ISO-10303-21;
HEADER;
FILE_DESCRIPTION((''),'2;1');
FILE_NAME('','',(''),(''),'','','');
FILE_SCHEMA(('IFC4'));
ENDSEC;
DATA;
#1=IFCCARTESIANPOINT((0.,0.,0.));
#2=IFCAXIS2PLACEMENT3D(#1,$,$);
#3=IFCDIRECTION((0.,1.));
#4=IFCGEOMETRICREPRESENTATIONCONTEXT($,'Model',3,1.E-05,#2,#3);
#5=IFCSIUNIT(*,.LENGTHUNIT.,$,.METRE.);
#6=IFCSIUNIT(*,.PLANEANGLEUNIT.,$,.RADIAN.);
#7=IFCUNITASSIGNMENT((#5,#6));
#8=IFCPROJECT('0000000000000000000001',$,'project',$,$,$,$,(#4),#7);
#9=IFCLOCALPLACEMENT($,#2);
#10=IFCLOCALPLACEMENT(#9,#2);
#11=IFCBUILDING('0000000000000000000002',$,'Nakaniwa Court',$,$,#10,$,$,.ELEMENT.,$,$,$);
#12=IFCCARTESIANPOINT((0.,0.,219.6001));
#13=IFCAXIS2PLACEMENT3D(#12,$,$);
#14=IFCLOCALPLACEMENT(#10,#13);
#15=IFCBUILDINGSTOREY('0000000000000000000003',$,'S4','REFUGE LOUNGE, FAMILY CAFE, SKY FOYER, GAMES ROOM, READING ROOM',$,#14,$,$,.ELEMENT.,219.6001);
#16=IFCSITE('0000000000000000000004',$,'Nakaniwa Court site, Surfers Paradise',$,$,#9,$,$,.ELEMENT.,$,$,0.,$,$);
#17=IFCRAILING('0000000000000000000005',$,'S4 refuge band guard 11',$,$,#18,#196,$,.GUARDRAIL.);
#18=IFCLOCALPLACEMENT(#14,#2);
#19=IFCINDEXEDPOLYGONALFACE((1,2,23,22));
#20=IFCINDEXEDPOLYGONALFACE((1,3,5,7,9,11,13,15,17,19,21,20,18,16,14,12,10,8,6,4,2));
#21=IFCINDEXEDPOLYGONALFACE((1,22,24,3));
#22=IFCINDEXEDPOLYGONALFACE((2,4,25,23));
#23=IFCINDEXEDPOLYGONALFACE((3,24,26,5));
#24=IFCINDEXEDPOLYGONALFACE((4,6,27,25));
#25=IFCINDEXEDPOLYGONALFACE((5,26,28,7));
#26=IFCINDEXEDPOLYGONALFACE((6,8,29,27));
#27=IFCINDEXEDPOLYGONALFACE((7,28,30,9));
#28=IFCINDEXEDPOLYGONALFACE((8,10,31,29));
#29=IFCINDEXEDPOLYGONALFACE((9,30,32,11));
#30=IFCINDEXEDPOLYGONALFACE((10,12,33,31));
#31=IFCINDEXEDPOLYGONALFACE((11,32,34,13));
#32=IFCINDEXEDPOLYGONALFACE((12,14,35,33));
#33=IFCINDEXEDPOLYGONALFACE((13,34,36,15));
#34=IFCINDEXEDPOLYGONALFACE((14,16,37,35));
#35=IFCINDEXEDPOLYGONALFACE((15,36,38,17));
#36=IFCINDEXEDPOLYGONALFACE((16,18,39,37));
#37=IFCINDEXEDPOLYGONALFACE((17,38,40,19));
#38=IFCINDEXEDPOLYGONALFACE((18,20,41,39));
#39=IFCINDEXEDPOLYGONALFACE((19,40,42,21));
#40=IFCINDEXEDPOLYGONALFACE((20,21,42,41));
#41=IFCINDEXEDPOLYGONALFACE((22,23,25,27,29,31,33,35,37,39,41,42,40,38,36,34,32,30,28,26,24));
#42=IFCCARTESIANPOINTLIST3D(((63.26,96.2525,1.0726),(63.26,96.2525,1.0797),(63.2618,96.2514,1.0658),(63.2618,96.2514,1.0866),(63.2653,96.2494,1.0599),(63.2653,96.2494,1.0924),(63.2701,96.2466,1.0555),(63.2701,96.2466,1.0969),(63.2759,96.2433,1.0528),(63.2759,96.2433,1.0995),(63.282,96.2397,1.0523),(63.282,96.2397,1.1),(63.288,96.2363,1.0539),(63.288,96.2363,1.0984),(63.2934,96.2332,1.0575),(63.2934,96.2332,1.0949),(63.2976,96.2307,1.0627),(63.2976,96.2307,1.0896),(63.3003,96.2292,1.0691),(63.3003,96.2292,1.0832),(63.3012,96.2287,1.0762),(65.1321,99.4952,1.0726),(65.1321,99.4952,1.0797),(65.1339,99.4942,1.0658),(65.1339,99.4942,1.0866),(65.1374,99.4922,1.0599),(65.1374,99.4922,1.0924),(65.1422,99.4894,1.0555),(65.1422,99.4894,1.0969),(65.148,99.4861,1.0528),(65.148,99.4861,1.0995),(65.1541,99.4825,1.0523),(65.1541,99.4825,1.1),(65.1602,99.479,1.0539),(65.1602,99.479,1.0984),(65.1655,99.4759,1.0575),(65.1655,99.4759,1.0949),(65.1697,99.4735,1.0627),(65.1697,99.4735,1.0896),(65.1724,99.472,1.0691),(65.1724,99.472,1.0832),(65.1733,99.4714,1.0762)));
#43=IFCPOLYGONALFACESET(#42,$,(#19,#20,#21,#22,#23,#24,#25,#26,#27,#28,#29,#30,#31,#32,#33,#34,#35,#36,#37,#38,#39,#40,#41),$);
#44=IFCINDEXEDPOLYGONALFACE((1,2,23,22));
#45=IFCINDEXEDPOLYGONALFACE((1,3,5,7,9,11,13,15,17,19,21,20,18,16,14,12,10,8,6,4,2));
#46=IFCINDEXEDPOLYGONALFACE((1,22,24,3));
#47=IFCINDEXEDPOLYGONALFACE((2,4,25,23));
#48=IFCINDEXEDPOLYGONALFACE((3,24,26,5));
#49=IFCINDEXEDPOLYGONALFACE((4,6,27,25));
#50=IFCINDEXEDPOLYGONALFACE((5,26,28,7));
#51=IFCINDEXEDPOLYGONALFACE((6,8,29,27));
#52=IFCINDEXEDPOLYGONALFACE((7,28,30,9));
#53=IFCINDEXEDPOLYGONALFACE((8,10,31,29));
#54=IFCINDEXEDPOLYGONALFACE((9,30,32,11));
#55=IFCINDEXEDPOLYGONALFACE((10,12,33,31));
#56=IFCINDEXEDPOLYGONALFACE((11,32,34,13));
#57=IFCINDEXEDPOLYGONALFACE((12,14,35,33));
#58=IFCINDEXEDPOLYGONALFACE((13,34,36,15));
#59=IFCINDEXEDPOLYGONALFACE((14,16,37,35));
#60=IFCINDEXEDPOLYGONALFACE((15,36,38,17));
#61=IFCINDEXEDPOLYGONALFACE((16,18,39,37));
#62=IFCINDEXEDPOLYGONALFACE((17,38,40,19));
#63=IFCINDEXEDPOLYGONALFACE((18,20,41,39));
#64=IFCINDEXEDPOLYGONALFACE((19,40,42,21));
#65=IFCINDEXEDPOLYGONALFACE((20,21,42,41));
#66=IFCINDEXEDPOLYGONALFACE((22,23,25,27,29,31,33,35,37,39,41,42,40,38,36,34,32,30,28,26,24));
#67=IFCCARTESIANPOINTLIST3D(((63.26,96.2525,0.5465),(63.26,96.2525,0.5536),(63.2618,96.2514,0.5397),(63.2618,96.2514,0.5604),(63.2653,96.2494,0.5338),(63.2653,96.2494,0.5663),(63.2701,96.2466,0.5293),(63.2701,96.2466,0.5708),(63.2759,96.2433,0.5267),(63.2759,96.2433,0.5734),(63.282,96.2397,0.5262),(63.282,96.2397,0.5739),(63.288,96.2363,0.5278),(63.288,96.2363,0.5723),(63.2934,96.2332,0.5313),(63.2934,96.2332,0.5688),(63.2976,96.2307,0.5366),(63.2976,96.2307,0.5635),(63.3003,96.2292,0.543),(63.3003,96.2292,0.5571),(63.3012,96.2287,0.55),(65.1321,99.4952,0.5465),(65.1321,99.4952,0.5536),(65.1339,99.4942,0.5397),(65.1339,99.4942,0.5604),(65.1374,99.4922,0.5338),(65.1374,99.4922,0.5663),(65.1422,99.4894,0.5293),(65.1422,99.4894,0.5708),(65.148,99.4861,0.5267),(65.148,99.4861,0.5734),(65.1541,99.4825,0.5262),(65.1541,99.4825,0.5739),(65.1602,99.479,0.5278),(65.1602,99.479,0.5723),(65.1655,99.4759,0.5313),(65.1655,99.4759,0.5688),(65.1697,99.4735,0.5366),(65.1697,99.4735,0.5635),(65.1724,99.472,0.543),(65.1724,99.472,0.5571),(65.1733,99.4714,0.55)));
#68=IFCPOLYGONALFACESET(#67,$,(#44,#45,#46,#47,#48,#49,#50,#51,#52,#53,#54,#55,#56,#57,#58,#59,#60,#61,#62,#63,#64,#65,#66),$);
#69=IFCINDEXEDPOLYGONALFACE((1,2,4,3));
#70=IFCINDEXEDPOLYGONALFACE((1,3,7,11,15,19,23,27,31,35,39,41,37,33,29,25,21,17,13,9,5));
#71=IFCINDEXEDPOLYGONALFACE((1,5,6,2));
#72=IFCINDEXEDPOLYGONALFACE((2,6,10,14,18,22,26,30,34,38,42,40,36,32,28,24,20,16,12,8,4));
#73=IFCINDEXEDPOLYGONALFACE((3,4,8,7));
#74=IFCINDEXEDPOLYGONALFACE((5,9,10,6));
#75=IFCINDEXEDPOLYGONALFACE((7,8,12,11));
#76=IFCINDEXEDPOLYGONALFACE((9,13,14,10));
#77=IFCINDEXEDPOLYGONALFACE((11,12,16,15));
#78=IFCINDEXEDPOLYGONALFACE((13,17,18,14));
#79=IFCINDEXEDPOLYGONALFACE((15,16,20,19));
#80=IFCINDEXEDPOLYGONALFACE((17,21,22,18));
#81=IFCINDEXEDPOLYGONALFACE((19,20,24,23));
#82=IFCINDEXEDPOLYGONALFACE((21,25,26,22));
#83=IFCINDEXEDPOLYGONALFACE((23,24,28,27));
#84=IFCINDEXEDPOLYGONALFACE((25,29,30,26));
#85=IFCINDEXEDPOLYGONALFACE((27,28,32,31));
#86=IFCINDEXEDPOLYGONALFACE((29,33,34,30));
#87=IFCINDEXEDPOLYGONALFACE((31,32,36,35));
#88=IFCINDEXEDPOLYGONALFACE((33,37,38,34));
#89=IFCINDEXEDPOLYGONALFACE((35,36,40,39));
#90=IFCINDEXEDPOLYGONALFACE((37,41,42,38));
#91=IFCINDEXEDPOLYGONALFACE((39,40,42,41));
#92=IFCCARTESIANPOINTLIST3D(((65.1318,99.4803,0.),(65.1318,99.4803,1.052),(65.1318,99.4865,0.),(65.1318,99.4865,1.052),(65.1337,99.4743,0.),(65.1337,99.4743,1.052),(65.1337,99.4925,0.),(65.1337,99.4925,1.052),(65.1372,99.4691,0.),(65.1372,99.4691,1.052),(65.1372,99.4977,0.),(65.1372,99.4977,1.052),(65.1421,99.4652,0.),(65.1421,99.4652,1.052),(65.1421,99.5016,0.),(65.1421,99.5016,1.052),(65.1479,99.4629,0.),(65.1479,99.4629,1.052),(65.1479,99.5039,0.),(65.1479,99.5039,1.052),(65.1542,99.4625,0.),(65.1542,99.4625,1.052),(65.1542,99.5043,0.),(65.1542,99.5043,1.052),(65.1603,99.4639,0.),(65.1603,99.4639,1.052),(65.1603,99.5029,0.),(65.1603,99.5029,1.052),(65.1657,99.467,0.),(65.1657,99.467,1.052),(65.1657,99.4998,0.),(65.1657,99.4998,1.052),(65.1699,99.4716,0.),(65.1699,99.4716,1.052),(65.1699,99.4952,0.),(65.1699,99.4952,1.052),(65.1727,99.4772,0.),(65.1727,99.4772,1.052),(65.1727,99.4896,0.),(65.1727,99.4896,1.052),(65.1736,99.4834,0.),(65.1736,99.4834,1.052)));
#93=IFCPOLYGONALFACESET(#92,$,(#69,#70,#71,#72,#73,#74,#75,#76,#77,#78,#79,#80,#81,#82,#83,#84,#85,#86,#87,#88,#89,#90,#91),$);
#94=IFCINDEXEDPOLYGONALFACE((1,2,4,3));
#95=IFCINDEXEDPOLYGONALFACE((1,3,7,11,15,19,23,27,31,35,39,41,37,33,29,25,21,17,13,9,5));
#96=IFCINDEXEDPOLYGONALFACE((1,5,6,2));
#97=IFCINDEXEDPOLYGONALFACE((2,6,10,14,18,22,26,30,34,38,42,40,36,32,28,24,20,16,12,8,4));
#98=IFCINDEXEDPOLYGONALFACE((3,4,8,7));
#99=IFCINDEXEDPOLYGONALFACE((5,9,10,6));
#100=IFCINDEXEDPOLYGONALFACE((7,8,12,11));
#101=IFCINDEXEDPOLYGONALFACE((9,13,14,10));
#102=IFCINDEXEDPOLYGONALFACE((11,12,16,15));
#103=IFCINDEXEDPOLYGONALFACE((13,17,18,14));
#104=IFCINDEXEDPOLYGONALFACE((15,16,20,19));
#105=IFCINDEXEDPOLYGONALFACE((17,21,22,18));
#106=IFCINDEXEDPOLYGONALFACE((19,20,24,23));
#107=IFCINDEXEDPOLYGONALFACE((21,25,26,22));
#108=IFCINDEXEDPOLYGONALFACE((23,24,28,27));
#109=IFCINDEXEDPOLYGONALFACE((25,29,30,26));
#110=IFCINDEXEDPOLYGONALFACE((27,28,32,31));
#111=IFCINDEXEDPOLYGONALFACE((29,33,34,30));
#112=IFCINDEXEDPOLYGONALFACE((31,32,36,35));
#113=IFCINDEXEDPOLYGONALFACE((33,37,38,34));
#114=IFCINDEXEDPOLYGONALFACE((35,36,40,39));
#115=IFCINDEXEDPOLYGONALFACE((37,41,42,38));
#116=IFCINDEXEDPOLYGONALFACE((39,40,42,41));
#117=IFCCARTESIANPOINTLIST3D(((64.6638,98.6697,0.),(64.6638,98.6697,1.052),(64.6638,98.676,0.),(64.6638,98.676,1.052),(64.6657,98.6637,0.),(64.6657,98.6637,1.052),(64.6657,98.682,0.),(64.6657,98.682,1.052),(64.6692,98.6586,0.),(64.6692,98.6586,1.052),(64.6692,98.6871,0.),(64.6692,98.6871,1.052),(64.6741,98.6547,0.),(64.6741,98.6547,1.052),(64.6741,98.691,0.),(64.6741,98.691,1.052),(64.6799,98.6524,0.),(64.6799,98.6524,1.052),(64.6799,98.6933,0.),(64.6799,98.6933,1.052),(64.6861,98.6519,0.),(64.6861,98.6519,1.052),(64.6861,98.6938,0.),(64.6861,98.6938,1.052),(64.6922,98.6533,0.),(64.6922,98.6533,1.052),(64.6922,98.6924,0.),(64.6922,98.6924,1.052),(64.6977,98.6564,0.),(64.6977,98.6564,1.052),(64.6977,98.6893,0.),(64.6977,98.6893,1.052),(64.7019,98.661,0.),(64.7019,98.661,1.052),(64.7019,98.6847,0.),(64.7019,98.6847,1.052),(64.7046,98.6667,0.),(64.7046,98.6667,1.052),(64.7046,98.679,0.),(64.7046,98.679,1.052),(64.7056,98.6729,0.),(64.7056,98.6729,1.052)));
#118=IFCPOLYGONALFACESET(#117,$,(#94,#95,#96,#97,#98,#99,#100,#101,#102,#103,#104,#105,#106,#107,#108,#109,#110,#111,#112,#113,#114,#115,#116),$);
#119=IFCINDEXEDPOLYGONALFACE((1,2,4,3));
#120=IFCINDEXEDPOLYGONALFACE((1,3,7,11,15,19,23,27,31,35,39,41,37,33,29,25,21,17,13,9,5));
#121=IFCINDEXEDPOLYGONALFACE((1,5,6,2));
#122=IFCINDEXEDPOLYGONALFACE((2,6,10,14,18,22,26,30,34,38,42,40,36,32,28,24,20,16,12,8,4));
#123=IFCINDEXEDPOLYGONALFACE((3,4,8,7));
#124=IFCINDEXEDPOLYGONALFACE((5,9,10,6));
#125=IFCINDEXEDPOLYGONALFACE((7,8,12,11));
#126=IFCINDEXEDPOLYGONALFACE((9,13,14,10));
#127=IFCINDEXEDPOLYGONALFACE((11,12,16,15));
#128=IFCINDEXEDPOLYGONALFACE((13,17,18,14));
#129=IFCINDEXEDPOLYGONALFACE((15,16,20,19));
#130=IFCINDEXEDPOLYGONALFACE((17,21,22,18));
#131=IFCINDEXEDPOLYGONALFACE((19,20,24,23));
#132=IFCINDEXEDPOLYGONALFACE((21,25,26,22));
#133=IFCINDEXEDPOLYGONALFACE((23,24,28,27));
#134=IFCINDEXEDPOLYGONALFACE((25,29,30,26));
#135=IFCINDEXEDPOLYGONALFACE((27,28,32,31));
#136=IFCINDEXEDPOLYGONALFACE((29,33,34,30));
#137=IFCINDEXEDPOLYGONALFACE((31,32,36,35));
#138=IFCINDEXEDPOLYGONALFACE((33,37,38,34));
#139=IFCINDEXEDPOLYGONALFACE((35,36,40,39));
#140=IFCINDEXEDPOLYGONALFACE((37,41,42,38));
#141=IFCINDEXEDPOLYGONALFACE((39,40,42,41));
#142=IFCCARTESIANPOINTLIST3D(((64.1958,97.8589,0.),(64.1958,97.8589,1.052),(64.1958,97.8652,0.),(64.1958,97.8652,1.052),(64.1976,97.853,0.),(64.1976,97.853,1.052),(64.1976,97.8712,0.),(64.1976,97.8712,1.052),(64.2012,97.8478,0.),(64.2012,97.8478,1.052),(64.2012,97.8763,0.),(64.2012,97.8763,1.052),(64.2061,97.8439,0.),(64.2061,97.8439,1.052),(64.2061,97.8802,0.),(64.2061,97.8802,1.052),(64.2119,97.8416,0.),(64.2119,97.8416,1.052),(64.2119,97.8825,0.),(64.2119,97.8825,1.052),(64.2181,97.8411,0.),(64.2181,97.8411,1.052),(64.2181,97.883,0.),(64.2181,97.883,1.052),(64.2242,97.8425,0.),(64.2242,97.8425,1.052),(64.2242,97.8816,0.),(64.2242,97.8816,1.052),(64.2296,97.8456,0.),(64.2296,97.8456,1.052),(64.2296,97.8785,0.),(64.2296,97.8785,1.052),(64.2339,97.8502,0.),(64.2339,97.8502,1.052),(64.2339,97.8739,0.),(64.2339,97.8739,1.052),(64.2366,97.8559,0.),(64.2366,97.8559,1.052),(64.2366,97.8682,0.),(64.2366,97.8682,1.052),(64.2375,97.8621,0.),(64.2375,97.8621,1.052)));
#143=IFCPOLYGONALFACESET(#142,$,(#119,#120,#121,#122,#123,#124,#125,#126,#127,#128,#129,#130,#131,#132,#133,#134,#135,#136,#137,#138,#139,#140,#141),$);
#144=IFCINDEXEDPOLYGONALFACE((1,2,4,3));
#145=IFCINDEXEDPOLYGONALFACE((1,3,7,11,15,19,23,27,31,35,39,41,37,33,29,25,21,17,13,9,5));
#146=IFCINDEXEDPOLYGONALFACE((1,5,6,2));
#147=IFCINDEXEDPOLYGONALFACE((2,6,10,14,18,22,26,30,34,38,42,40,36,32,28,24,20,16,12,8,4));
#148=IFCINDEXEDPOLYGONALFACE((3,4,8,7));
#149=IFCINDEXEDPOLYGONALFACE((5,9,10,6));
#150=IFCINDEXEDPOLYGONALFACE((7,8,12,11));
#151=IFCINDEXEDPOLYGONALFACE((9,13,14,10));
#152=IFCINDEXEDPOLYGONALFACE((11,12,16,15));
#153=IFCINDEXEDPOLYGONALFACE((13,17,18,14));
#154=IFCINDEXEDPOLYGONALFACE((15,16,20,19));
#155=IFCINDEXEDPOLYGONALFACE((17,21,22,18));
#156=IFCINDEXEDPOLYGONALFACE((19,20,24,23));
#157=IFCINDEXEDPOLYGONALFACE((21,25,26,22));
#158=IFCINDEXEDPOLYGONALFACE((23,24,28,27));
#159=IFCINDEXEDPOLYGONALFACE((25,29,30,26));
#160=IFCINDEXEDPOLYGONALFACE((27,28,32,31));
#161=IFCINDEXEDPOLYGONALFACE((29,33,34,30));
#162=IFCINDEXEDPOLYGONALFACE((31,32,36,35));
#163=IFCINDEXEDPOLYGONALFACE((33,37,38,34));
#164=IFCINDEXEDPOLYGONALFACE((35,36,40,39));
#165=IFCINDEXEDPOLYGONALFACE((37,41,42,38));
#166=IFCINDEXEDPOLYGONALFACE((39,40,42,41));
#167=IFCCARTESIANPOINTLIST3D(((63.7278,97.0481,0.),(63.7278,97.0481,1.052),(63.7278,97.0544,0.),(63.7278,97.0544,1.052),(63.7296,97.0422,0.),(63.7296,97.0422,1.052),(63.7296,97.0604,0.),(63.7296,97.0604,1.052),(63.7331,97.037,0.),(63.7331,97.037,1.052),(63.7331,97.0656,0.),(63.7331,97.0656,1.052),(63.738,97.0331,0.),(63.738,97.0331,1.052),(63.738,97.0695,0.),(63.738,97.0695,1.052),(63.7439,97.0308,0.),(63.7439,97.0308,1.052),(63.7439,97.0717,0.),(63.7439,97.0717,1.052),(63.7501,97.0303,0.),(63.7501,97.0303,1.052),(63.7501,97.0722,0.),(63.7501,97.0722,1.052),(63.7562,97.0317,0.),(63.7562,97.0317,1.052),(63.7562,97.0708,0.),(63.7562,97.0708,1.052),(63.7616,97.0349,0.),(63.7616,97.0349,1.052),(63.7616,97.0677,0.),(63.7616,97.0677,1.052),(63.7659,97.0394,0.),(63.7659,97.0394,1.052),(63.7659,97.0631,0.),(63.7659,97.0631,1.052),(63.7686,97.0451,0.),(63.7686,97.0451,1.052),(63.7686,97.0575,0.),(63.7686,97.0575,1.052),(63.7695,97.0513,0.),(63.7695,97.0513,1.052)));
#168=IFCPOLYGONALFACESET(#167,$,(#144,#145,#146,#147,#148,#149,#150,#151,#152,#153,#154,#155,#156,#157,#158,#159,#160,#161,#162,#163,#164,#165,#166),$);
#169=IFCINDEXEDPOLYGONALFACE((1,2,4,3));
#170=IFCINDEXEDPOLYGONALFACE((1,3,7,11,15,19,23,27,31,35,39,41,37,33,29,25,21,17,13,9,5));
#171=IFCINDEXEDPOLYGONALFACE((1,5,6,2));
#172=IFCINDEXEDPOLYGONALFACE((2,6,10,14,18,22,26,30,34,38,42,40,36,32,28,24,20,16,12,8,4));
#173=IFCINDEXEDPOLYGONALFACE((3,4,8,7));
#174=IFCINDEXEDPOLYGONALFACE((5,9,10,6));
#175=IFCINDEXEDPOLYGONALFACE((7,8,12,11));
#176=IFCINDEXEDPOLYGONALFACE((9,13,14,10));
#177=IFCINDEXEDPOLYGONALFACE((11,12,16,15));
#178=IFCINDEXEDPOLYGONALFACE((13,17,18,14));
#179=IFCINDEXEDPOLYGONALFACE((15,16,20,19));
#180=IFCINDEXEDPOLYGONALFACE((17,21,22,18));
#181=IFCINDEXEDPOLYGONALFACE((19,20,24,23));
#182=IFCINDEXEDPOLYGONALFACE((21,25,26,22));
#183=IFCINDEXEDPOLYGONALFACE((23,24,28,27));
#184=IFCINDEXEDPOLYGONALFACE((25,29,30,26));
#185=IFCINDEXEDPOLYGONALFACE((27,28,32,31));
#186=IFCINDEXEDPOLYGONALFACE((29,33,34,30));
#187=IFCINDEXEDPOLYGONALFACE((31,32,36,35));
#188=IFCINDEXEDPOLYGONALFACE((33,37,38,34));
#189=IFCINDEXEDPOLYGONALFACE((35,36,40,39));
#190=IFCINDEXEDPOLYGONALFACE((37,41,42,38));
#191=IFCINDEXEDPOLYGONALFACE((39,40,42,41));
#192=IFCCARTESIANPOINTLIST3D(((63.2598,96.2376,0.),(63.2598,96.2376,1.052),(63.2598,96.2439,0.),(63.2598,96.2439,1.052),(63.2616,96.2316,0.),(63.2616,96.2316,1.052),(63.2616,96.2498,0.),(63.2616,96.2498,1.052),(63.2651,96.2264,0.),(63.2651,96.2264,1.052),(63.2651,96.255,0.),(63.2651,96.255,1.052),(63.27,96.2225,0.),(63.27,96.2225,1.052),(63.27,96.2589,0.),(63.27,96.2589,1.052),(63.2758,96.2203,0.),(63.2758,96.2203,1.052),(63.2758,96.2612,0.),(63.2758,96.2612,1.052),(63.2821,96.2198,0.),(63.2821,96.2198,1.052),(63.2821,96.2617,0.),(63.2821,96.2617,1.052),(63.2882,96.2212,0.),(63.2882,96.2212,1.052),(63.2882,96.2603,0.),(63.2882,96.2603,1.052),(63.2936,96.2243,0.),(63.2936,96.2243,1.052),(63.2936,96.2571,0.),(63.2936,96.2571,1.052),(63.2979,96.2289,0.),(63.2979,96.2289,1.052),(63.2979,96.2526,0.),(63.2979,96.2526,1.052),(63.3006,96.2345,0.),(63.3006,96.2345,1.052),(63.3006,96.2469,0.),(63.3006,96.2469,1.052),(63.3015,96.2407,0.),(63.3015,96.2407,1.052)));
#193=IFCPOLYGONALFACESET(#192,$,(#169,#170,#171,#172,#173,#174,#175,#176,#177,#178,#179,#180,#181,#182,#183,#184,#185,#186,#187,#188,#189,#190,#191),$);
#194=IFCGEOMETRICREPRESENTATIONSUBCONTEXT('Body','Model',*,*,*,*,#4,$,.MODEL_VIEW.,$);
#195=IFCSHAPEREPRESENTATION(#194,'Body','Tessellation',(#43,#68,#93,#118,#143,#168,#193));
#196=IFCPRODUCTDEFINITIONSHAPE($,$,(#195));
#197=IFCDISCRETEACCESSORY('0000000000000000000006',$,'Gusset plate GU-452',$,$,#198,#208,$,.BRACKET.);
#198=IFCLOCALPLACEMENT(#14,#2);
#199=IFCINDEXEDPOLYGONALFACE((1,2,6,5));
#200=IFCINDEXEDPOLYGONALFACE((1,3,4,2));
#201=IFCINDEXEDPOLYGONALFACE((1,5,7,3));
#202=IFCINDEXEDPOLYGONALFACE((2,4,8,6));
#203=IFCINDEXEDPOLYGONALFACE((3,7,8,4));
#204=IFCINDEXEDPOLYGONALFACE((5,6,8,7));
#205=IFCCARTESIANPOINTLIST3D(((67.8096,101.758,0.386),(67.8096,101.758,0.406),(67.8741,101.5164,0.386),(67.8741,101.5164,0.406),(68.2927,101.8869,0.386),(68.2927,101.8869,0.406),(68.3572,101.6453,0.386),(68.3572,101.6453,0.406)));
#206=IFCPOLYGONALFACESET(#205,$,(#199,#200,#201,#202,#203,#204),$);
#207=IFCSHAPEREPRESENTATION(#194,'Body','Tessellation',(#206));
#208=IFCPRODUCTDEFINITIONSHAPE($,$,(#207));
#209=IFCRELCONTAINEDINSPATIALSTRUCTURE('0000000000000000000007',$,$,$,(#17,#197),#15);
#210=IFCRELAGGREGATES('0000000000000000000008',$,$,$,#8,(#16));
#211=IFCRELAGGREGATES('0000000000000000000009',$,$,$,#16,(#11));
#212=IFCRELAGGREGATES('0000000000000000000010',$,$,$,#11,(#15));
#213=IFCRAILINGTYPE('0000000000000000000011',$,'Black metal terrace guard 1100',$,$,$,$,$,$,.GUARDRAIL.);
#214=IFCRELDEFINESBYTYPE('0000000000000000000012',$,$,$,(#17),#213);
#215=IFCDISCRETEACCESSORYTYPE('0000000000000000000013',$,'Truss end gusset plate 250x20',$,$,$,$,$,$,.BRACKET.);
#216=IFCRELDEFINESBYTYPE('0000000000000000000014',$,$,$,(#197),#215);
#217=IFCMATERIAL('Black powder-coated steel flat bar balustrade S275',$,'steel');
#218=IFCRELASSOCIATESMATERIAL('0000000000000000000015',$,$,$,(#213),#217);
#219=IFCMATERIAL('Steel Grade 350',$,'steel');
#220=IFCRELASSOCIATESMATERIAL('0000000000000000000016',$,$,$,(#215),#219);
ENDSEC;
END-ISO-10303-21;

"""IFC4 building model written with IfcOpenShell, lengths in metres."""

from ifc_helpers import new_model, si_unit, direction, frame, origin, origin_2d, place, context, subcontext, project, spatial, rectangle, circle, extrude, material, material_profile, profile_set, type_object, element, save


model = new_model("IFC4")

# Units and contexts
model_context = context("Model", 3, precision=1e-05, world=origin(), true_north=direction((0.0, 1.0)))
body_context = subcontext(model_context, "Body", "Model", "MODEL_VIEW")
ifc_project = project(units=[si_unit("LENGTHUNIT", "METRE"), si_unit("PLANEANGLEUNIT", "RADIAN")], contexts=[model_context])

# Site, building, storey
site_placement = place(None, origin())
site = spatial("IfcSite", under=ifc_project, at=site_placement, Name="Nakaniwa Court site, Surfers Paradise", CompositionType="ELEMENT", RefElevation=0.0)
building_placement = place(site_placement, origin())
building = spatial("IfcBuilding", under=site, at=building_placement, Name="Nakaniwa Court", CompositionType="ELEMENT")
storey_placement = place(building_placement, frame((0.0, 0.0, 219.6001)))
storey = spatial("IfcBuildingStorey", under=building, at=storey_placement, Name="S4", Description="REFUGE LOUNGE, FAMILY CAFE, SKY FOYER, GAMES ROOM, READING ROOM", CompositionType="ELEMENT", Elevation=219.6001)

# Shared definitions
ifc_material_1 = material(Name="Steel Grade 350", Category="steel")

# Railing
ifc_material_2 = material(Name="Black powder-coated steel flat bar balustrade S275", Category="steel")
railing_type = type_object("IfcRailingType", Name="Black metal terrace guard 1100", PredefinedType="GUARDRAIL", material=ifc_material_2)
railing_1_placement = place(storey_placement, frame((65.1526, 99.4834, 0.0)))
element("IfcRailing", 1, at=railing_1_placement, inside=storey, type_object=railing_type, Name="S4 refuge band guard 11", PredefinedType="GUARDRAIL", context=body_context, shape_type="SweptSolid", body=[
    extrude(circle(Radius=0.0239, at=origin_2d()), frame((0.0, 0.0, 1.0762), z_axis=(-0.499982, -0.866036, 0.0), x_axis=(0.866036, -0.499982, 0.0)), (0.0, 0.0, 1.0), 3.7444),
    extrude(circle(Radius=0.0239, at=origin_2d()), frame((0.0, 0.0, 0.55), z_axis=(-0.499982, -0.866036, 0.0), x_axis=(0.866036, -0.499982, 0.0)), (0.0, 0.0, 1.0), 3.7444),
    extrude(circle(Radius=0.021, at=origin_2d()), origin(), (0.0, 0.0, 1.0), 1.052),
    extrude(circle(Radius=0.021, at=origin_2d()), frame((-0.468, -0.8105, 0.0)), (0.0, 0.0, 1.0), 1.052),
    extrude(circle(Radius=0.021, at=origin_2d()), frame((-0.936, -1.6213, 0.0)), (0.0, 0.0, 1.0), 1.052),
    extrude(circle(Radius=0.021, at=origin_2d()), frame((-1.4041, -2.4321, 0.0)), (0.0, 0.0, 1.0), 1.052),
    extrude(circle(Radius=0.021, at=origin_2d()), frame((-1.8721, -3.2427, 0.0)), (0.0, 0.0, 1.0), 1.052),
])

# Discrete accessory
ifc_material_profile_1 = material_profile(ifc_material_1, rectangle(XDim=0.25, YDim=0.02, at=origin_2d()), Name="Truss end gusset plate 250x20")
ifc_profile_set_1 = profile_set([ifc_material_profile_1], Name="Steel Grade 350")
discrete_accessory_type = type_object("IfcDiscreteAccessoryType", Name="Truss end gusset plate 250x20", PredefinedType="BRACKET", material=ifc_profile_set_1)
for number, where, z_axis, x_axis, name in (
    (2, (68.325, 101.7661, 0.396), (-0.966203, -0.257784, 0.0), (0.257784, -0.966203, 0.0), "Gusset plate GU-452"),
):
    element("IfcDiscreteAccessory", number, at=place(storey_placement, frame(where, z_axis=z_axis, x_axis=x_axis)), inside=storey, type_object=discrete_accessory_type, Name=name, PredefinedType="BRACKET", context=body_context, shape_type="SweptSolid", body=[
        extrude(rectangle(XDim=0.25, YDim=0.02, at=origin_2d()), origin(), (0.0, 0.0, 1.0), 0.5),
    ])

save(model, "model.ifc")
